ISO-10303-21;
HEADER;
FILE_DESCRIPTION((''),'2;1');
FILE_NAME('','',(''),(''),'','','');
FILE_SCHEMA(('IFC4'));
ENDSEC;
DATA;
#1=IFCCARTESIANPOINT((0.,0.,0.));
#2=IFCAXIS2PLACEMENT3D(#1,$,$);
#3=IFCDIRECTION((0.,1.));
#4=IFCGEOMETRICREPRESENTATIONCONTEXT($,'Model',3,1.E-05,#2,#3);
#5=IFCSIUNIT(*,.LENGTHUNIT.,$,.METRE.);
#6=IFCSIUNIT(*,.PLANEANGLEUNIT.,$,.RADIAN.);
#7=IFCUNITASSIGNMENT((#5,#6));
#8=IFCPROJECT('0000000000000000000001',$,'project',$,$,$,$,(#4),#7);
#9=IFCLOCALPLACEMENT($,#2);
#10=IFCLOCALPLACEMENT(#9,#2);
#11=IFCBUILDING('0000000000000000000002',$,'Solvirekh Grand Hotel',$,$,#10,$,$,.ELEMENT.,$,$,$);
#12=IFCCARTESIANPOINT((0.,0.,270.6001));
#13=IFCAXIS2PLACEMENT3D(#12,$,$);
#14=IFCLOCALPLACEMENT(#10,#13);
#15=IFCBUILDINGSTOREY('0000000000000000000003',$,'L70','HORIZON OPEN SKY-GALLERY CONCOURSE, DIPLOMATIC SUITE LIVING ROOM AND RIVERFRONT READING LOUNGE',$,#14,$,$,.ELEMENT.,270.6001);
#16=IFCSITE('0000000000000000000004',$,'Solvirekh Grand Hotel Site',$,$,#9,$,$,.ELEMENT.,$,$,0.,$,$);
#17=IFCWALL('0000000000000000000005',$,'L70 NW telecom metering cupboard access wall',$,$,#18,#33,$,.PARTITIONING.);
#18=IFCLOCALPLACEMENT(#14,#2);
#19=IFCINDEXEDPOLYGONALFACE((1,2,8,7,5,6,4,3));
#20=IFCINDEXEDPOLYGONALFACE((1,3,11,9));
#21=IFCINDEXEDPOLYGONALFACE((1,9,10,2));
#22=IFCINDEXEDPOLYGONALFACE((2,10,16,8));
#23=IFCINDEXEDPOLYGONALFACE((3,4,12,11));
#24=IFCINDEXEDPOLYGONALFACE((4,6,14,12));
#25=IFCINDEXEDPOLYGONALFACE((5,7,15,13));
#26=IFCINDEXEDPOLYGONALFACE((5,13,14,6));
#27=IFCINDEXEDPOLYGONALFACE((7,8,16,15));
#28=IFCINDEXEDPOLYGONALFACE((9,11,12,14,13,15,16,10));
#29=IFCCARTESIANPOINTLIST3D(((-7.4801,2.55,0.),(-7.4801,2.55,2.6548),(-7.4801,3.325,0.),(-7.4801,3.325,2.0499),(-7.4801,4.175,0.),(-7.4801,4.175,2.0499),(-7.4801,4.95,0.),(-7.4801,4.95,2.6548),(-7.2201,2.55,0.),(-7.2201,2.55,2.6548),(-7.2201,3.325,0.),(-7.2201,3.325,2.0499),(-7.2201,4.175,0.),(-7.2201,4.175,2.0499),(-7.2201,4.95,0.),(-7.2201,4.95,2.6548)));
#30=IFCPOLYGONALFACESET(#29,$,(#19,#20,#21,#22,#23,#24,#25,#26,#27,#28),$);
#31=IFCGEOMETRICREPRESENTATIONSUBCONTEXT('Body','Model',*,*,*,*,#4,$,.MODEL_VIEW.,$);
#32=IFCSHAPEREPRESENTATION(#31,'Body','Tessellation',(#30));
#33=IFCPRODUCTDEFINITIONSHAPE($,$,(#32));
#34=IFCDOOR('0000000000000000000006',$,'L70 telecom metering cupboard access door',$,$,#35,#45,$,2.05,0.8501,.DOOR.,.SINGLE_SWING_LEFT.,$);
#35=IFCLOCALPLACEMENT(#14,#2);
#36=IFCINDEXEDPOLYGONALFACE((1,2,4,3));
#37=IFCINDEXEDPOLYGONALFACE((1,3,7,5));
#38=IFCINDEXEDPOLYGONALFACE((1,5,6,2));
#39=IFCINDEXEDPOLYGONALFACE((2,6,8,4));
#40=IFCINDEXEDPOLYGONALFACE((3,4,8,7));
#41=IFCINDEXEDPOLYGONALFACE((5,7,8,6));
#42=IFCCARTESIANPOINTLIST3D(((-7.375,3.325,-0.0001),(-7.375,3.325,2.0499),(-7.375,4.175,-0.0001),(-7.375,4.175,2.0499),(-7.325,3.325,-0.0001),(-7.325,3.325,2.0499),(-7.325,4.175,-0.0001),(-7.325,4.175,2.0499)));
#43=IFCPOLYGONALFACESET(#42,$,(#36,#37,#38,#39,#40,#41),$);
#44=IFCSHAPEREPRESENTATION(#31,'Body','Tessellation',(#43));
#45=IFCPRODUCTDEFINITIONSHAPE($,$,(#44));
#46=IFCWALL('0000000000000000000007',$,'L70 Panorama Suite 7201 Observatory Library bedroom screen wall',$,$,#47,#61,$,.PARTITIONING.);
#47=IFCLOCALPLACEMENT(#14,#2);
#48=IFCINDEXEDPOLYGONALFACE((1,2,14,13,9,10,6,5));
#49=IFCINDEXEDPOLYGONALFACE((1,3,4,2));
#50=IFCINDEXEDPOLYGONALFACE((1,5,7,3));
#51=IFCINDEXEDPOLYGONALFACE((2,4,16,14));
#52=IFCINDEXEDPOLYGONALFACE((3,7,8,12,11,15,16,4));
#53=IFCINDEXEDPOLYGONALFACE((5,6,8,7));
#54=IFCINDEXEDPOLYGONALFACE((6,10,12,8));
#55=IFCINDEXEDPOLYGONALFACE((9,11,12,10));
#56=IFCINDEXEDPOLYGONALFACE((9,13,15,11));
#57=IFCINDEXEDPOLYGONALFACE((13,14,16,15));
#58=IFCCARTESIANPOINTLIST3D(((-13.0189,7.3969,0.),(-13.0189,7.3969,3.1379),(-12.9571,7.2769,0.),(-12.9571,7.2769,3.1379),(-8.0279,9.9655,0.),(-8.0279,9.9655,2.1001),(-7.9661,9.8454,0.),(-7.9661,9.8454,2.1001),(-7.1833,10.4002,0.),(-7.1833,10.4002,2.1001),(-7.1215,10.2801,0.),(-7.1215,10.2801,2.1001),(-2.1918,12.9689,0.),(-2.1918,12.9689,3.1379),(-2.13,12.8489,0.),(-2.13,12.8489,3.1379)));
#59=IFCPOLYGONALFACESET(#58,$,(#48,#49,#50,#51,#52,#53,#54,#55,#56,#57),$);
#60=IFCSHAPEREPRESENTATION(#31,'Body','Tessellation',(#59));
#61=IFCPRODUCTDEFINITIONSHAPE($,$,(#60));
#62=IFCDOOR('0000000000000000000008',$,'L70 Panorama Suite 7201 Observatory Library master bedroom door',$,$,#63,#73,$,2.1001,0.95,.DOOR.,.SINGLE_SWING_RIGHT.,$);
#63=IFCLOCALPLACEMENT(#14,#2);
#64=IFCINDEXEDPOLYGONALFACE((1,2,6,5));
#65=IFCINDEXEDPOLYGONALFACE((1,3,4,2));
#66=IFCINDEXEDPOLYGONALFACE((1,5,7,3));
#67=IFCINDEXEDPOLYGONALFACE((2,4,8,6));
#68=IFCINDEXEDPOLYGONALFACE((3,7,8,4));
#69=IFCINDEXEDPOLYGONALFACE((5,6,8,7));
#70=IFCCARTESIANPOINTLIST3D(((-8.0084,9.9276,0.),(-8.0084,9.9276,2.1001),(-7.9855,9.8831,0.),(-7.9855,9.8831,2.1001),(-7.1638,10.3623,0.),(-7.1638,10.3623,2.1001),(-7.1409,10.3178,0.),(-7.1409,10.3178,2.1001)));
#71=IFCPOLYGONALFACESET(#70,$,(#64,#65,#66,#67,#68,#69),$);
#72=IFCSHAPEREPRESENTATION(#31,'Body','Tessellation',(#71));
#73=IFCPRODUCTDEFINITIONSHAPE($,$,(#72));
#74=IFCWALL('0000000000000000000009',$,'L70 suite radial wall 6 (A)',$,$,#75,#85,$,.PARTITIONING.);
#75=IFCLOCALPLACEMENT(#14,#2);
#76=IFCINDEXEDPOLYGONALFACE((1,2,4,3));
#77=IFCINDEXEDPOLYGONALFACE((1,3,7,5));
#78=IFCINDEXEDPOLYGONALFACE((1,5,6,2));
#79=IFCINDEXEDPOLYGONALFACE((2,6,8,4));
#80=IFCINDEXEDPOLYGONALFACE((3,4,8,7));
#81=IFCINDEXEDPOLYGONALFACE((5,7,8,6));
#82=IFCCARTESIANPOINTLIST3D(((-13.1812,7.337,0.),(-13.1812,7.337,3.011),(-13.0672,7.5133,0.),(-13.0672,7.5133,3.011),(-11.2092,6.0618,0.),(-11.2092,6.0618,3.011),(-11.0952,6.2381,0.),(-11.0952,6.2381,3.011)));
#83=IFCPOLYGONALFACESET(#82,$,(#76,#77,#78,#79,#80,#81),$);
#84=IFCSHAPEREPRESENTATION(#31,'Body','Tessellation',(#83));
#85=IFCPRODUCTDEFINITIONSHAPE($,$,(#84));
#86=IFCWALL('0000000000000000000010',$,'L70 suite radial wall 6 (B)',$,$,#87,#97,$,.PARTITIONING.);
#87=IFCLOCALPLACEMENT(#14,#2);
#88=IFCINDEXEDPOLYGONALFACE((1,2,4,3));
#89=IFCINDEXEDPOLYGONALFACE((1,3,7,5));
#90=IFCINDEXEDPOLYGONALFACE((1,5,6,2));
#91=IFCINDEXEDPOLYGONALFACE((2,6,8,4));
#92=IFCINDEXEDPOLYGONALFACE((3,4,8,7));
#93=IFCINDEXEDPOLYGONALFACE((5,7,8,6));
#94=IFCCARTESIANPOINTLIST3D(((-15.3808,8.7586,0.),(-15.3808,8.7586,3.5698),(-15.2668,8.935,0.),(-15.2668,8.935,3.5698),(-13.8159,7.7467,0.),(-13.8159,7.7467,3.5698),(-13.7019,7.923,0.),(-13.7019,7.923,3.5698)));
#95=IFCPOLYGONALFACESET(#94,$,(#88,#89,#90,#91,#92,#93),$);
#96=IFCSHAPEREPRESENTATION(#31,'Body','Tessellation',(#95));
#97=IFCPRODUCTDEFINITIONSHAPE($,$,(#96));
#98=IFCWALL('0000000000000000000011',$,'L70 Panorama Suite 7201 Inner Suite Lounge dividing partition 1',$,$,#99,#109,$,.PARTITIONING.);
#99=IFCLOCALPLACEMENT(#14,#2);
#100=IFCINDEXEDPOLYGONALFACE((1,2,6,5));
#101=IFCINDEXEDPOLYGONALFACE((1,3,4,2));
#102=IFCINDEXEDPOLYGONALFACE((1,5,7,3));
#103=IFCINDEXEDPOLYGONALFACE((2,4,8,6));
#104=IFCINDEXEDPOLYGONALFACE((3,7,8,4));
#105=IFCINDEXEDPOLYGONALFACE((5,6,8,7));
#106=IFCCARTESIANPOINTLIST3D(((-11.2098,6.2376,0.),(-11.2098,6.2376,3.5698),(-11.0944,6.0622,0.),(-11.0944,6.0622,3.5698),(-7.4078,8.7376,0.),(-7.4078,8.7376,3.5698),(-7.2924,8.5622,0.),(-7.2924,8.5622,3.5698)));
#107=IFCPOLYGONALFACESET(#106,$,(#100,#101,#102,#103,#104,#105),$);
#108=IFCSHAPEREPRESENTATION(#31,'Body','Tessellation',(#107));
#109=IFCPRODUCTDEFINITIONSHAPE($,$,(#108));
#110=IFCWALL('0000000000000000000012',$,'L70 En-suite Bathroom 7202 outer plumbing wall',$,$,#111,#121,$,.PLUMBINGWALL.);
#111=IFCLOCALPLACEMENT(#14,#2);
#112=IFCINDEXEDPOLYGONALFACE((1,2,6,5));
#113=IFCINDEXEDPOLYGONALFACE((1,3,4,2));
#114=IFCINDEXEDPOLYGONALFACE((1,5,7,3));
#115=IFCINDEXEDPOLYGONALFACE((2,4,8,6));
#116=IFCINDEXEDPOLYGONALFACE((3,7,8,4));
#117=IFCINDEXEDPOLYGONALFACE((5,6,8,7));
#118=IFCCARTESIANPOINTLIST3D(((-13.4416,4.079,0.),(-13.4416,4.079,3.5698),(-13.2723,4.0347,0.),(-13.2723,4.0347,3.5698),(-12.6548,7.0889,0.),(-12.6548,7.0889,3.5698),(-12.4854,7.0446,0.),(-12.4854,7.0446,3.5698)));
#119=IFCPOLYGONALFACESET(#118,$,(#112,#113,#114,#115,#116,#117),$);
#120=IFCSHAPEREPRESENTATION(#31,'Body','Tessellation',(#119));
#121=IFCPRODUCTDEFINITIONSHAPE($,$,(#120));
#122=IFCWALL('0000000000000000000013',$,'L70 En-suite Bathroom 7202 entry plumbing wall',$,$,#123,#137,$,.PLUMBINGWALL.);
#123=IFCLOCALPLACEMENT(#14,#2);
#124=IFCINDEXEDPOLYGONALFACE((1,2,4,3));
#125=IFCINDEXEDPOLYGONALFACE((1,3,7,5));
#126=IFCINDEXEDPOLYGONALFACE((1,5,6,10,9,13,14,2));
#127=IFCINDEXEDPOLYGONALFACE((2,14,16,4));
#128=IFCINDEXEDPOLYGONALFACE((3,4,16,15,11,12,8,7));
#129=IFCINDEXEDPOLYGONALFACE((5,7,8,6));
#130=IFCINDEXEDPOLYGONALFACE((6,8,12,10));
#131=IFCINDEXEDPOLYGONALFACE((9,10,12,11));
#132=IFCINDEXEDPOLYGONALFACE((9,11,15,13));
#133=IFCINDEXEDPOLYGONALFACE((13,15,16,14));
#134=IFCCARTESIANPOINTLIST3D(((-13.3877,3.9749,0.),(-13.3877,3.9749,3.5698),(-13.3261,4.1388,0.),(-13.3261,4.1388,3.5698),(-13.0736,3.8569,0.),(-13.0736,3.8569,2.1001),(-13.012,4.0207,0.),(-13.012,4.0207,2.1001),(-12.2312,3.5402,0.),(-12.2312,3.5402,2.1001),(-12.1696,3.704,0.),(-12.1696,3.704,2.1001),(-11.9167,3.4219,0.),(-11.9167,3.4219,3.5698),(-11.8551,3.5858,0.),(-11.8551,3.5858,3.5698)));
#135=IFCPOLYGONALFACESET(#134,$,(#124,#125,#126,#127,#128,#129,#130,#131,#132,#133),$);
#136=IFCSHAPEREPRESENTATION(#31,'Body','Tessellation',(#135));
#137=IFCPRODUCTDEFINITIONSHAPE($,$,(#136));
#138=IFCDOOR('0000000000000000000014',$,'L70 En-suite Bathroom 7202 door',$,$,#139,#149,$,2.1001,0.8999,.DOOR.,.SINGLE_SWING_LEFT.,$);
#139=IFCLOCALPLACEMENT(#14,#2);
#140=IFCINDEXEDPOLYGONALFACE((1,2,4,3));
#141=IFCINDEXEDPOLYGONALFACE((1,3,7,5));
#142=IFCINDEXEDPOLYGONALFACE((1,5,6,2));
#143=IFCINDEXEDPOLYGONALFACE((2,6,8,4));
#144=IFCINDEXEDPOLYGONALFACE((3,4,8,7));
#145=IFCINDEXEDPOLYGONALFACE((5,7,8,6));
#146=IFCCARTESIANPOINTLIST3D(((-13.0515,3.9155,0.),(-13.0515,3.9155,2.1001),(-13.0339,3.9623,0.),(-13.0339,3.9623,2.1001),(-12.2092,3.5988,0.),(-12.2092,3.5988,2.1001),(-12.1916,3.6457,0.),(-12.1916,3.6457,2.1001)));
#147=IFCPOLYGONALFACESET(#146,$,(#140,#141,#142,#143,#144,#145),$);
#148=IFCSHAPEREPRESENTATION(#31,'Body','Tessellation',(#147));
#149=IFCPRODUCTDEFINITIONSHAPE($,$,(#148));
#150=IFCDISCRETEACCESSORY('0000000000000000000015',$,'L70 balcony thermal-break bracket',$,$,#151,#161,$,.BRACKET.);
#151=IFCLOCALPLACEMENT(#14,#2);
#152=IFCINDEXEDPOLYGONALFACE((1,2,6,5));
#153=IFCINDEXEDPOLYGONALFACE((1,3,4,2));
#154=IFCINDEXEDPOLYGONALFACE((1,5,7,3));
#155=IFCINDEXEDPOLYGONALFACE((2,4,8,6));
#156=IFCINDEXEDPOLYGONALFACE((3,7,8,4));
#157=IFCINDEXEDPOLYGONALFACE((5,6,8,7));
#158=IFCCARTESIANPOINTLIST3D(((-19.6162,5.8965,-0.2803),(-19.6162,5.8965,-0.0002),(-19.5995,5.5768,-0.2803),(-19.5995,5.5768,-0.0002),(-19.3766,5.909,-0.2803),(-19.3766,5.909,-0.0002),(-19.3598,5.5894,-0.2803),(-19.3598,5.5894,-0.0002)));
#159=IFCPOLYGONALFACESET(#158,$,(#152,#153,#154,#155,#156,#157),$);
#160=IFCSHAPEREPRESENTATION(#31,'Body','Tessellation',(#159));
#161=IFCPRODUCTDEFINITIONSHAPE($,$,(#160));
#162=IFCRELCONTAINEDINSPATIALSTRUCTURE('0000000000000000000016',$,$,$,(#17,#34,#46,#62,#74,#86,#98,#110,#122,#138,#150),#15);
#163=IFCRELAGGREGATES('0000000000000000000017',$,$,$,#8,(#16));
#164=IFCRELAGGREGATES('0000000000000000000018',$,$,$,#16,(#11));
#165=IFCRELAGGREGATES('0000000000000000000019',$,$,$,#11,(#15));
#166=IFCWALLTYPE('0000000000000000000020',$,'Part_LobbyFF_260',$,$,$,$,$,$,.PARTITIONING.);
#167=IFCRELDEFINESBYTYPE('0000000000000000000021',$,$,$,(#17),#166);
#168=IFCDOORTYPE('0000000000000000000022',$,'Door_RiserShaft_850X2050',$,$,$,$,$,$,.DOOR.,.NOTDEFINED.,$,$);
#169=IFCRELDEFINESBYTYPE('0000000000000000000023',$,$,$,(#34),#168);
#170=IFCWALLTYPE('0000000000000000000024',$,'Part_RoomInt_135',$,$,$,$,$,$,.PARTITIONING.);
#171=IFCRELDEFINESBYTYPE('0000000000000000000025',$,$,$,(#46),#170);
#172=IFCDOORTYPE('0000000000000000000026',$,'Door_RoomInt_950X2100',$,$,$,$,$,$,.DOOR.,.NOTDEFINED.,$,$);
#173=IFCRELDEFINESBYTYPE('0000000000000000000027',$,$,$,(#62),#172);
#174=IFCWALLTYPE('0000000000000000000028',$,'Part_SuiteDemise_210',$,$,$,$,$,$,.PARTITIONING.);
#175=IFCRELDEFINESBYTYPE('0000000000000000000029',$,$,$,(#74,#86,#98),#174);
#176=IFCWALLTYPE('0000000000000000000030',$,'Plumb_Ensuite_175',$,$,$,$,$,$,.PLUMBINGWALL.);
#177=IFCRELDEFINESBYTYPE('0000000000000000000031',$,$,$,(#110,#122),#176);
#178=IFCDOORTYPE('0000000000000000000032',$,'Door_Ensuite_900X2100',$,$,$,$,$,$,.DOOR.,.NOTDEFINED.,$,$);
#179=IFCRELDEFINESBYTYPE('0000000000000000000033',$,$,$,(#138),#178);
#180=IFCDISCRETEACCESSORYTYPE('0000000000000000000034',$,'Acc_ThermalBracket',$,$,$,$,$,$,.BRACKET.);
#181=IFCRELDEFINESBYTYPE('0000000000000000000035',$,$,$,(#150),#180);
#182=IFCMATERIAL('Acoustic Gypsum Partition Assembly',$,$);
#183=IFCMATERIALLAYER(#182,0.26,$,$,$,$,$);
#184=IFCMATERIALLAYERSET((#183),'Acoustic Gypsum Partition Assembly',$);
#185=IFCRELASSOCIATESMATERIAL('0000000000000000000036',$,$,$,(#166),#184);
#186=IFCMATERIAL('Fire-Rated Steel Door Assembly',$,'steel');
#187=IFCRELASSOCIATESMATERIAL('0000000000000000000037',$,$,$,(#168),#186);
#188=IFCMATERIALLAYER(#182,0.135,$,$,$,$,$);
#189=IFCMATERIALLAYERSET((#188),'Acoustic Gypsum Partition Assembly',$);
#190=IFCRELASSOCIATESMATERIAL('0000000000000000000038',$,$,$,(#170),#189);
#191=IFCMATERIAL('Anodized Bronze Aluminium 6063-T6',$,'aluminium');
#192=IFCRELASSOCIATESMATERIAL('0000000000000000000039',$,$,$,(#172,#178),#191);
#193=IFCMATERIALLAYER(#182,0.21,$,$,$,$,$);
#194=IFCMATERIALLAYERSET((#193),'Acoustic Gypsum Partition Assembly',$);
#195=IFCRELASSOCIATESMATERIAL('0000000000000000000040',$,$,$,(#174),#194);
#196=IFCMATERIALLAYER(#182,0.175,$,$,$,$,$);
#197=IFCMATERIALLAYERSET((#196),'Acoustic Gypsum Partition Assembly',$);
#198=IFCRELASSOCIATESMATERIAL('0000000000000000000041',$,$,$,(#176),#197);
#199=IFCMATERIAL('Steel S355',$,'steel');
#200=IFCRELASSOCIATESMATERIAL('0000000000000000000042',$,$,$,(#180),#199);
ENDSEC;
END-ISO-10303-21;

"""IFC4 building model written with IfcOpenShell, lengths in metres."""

from ifc_helpers import new_model, si_unit, direction, frame, frame_2d, origin, origin_2d, place, context, subcontext, project, spatial, rectangle, extrude, material, layer, layer_set, type_object, element, fill, save


model = new_model("IFC4")

# Units and contexts
model_context = context("Model", 3, precision=1e-05, world=origin(), true_north=direction((0.0, 1.0)))
body_context = subcontext(model_context, "Body", "Model", "MODEL_VIEW")
ifc_project = project(units=[si_unit("LENGTHUNIT", "METRE"), si_unit("PLANEANGLEUNIT", "RADIAN")], contexts=[model_context])

# Site, building, storey
site_placement = place(None, origin())
site = spatial("IfcSite", under=ifc_project, at=site_placement, Name="Solvirekh Grand Hotel Site", CompositionType="ELEMENT", RefElevation=0.0)
building_placement = place(site_placement, origin())
building = spatial("IfcBuilding", under=site, at=building_placement, Name="Solvirekh Grand Hotel", CompositionType="ELEMENT")
storey_placement = place(building_placement, frame((0.0, 0.0, 270.6001)))
storey = spatial("IfcBuildingStorey", under=building, at=storey_placement, Name="L70", Description="HORIZON OPEN SKY-GALLERY CONCOURSE, DIPLOMATIC SUITE LIVING ROOM AND RIVERFRONT READING LOUNGE", CompositionType="ELEMENT", Elevation=270.6001)

# Shared definitions
ifc_material_1 = material(Name="Steel S355", Category="steel")

# Shared definitions
ifc_material_2 = material(Name="Anodized Bronze Aluminium 6063-T6", Category="aluminium")

# Shared definitions
ifc_material_3 = material(Name="Acoustic Gypsum Partition Assembly")

# Shared definitions
ifc_material_4 = material(Name="Fire-Rated Steel Door Assembly", Category="steel")

# Shared definitions
ifc_layer_1 = layer(ifc_material_3, 0.26)
ifc_layer_set_1 = layer_set([ifc_layer_1], Name="Acoustic Gypsum Partition Assembly")
wall_type_1 = type_object("IfcWallType", Name="Part_LobbyFF_260", PredefinedType="PARTITIONING", material=ifc_layer_set_1)

# Walls, openings, doors
wall_1_placement = place(storey_placement, frame((-7.3501, 2.55, 0.0), z_axis=(0.0, 0.0, 1.0), x_axis=(0.0, 1.0, 0.0)))
wall_1 = element("IfcWall", 1, at=wall_1_placement, inside=storey, type_object=wall_type_1, Name="L70 NW telecom metering cupboard access wall", PredefinedType="PARTITIONING", context=body_context, shape_type="SweptSolid", body=[
    extrude(rectangle(XDim=2.3999, YDim=0.26, at=frame_2d((1.2, 0.0))), origin(), (0.0, 0.0, 1.0), 2.6548),
])
opening_1_placement = place(wall_1_placement, frame((0.7749, 0.0, 0.0)))
opening_1 = element("IfcOpeningElement", 2, at=opening_1_placement, cuts=wall_1, PredefinedType="OPENING", context=body_context, shape_type="SweptSolid", body=[
    extrude(rectangle(XDim=0.8501, YDim=2.05, at=frame_2d((0.425, 1.0249))), frame((0.0, 0.1401, 0.0), z_axis=(0.0, -1.0, 0.0), x_axis=(1.0, 0.0, 0.0)), (0.0, 0.0, 1.0), 0.28),
])
door_type_1 = type_object("IfcDoorType", Name="Door_RiserShaft_850X2050", OperationType="NOTDEFINED", PredefinedType="DOOR", material=ifc_material_4)
door_1_placement = place(opening_1_placement, origin())
door_1 = element("IfcDoor", 3, at=door_1_placement, inside=storey, type_object=door_type_1, Name="L70 telecom metering cupboard access door", OperationType="SINGLE_SWING_LEFT", OverallHeight=2.05, OverallWidth=0.8501, PredefinedType="DOOR", context=body_context, shape_type="SweptSolid", body=[
    extrude(rectangle(XDim=0.8501, YDim=2.05, at=frame_2d((0.425, 1.0249))), frame((0.0, 0.0249, 0.0), z_axis=(0.0, -1.0, 0.0), x_axis=(1.0, 0.0, 0.0)), (0.0, 0.0, 1.0), 0.05),
])
fill(opening_1, door_1)
ifc_layer_2 = layer(ifc_material_3, 0.135)
ifc_layer_set_2 = layer_set([ifc_layer_2], Name="Acoustic Gypsum Partition Assembly")
wall_type_2 = type_object("IfcWallType", Name="Part_RoomInt_135", PredefinedType="PARTITIONING", material=ifc_layer_set_2)
wall_2_placement = place(storey_placement, frame((-12.988, 7.3369, 0.0), z_axis=(0.0, 0.0, 1.0), x_axis=(0.889162, 0.457593, 0.0)))
wall_2 = element("IfcWall", 4, at=wall_2_placement, inside=storey, type_object=wall_type_2, Name="L70 Panorama Suite 7201 Observatory Library bedroom screen wall", PredefinedType="PARTITIONING", context=body_context, shape_type="SweptSolid", body=[
    extrude(rectangle(XDim=12.1768, YDim=0.135, at=frame_2d((6.0884, 0.0))), origin(), (0.0, 0.0, 1.0), 3.1379),
])
opening_2_placement = place(wall_2_placement, frame((5.613, 0.0, 0.0)))
opening_2 = element("IfcOpeningElement", 5, at=opening_2_placement, cuts=wall_2, PredefinedType="OPENING", context=body_context, shape_type="SweptSolid", body=[
    extrude(rectangle(XDim=0.95, YDim=2.1001, at=frame_2d((0.4751, 1.05))), frame((0.0, 0.0776, 0.0), z_axis=(0.0, -1.0, 0.0), x_axis=(1.0, 0.0, 0.0)), (0.0, 0.0, 1.0), 0.155),
])
door_type_2 = type_object("IfcDoorType", Name="Door_RoomInt_950X2100", OperationType="NOTDEFINED", PredefinedType="DOOR", material=ifc_material_2)
door_2_placement = place(opening_2_placement, origin())
door_2 = element("IfcDoor", 6, at=door_2_placement, inside=storey, type_object=door_type_2, Name="L70 Panorama Suite 7201 Observatory Library master bedroom door", OperationType="SINGLE_SWING_RIGHT", OverallHeight=2.1001, OverallWidth=0.95, PredefinedType="DOOR", context=body_context, shape_type="SweptSolid", body=[
    extrude(rectangle(XDim=0.95, YDim=2.1001, at=frame_2d((0.4751, 1.05))), frame((0.0, 0.0249, 0.0), z_axis=(0.0, -1.0, 0.0), x_axis=(1.0, 0.0, 0.0)), (0.0, 0.0, 1.0), 0.05),
])
fill(opening_2, door_2)

# Walls
ifc_layer_3 = layer(ifc_material_3, 0.21)
ifc_layer_set_3 = layer_set([ifc_layer_3], Name="Acoustic Gypsum Partition Assembly")
wall_type_3 = type_object("IfcWallType", Name="Part_SuiteDemise_210", PredefinedType="PARTITIONING", material=ifc_layer_set_3)
wall_3_placement = place(storey_placement, frame((-11.1521, 6.1499, 0.0), z_axis=(0.0, 0.0, 1.0), x_axis=(-0.839726, 0.54301, 0.0)))
element("IfcWall", 7, at=wall_3_placement, inside=storey, type_object=wall_type_3, Name="L70 suite radial wall 6 (A)", PredefinedType="PARTITIONING", context=body_context, shape_type="SweptSolid", body=[
    extrude(rectangle(XDim=2.3484, YDim=0.21, at=frame_2d((1.1743, 0.0))), origin(), (0.0, 0.0, 1.0), 3.011),
])
wall_4_placement = place(storey_placement, frame((-13.759, 7.835, 0.0), z_axis=(0.0, 0.0, 1.0), x_axis=(-0.839728, 0.543007, 0.0)))
element("IfcWall", 8, at=wall_4_placement, inside=storey, type_object=wall_type_3, Name="L70 suite radial wall 6 (B)", PredefinedType="PARTITIONING", context=body_context, shape_type="SweptSolid", body=[
    extrude(rectangle(XDim=1.8635, YDim=0.21, at=frame_2d((0.9316, 0.0))), origin(), (0.0, 0.0, 1.0), 3.5698),
])
wall_5_placement = place(storey_placement, frame((-11.1521, 6.1499, 0.0), z_axis=(0.0, 0.0, 1.0), x_axis=(0.83555, 0.549414, 0.0)))
element("IfcWall", 9, at=wall_5_placement, inside=storey, type_object=wall_type_3, Name="L70 Panorama Suite 7201 Inner Suite Lounge dividing partition 1", PredefinedType="PARTITIONING", context=body_context, shape_type="SweptSolid", body=[
    extrude(rectangle(XDim=4.5503, YDim=0.21, at=frame_2d((2.2751, 0.0))), origin(), (0.0, 0.0, 1.0), 3.5698),
])
ifc_layer_4 = layer(ifc_material_3, 0.175)
ifc_layer_set_4 = layer_set([ifc_layer_4], Name="Acoustic Gypsum Partition Assembly")
wall_type_4 = type_object("IfcWallType", Name="Plumb_Ensuite_175", PredefinedType="PLUMBINGWALL", material=ifc_layer_set_4)
wall_6_placement = place(storey_placement, frame((-12.5701, 7.0669, 0.0), z_axis=(0.0, 0.0, 1.0), x_axis=(-0.252917, -0.967488, 0.0)))
element("IfcWall", 10, at=wall_6_placement, inside=storey, type_object=wall_type_4, Name="L70 En-suite Bathroom 7202 outer plumbing wall", PredefinedType="PLUMBINGWALL", context=body_context, shape_type="SweptSolid", body=[
    extrude(rectangle(XDim=3.1111, YDim=0.175, at=frame_2d((1.5557, 0.0))), origin(), (0.0, 0.0, 1.0), 3.5698),
])

# Wall, opening, door
wall_7_placement = place(storey_placement, frame((-11.886, 3.5039, 0.0), z_axis=(0.0, 0.0, 1.0), x_axis=(-0.936042, 0.351889, 0.0)))
wall_7 = element("IfcWall", 11, at=wall_7_placement, inside=storey, type_object=wall_type_4, Name="L70 En-suite Bathroom 7202 entry plumbing wall", PredefinedType="PLUMBINGWALL", context=body_context, shape_type="SweptSolid", body=[
    extrude(rectangle(XDim=1.5715, YDim=0.175, at=frame_2d((0.7856, 0.0))), origin(), (0.0, 0.0, 1.0), 3.5698),
])
opening_3_placement = place(wall_7_placement, frame((0.3359, 0.0, 0.0)))
opening_3 = element("IfcOpeningElement", 12, at=opening_3_placement, cuts=wall_7, PredefinedType="OPENING", context=body_context, shape_type="SweptSolid", body=[
    extrude(rectangle(XDim=0.8999, YDim=2.1001, at=frame_2d((0.45, 1.05))), frame((0.0, 0.0977, 0.0), z_axis=(0.0, -1.0, 0.0), x_axis=(1.0, 0.0, 0.0)), (0.0, 0.0, 1.0), 0.1951),
])
door_type_3 = type_object("IfcDoorType", Name="Door_Ensuite_900X2100", OperationType="NOTDEFINED", PredefinedType="DOOR", material=ifc_material_2)
door_3_placement = place(opening_3_placement, origin())
door_3 = element("IfcDoor", 13, at=door_3_placement, inside=storey, type_object=door_type_3, Name="L70 En-suite Bathroom 7202 door", OperationType="SINGLE_SWING_LEFT", OverallHeight=2.1001, OverallWidth=0.8999, PredefinedType="DOOR", context=body_context, shape_type="SweptSolid", body=[
    extrude(rectangle(XDim=0.8999, YDim=2.1001, at=frame_2d((0.45, 1.05))), frame((0.0, 0.0249, 0.0), z_axis=(0.0, -1.0, 0.0), x_axis=(1.0, 0.0, 0.0)), (0.0, 0.0, 1.0), 0.05),
])
fill(opening_3, door_3)

# Discrete accessory
discrete_accessory_type = type_object("IfcDiscreteAccessoryType", Name="Acc_ThermalBracket", PredefinedType="BRACKET", material=ifc_material_1)
discrete_accessory_placement = place(storey_placement, frame((-19.488, 5.7429, -0.2803), z_axis=(0.0, 0.0, 1.0), x_axis=(0.052336, -0.99863, 0.0)))
element("IfcDiscreteAccessory", 14, at=discrete_accessory_placement, inside=storey, type_object=discrete_accessory_type, Name="L70 balcony thermal-break bracket", PredefinedType="BRACKET", context=body_context, shape_type="SweptSolid", body=[
    extrude(rectangle(XDim=0.3201, YDim=0.24, at=origin_2d()), origin(), (0.0, 0.0, 1.0), 0.28),
])

save(model, "model.ifc")
